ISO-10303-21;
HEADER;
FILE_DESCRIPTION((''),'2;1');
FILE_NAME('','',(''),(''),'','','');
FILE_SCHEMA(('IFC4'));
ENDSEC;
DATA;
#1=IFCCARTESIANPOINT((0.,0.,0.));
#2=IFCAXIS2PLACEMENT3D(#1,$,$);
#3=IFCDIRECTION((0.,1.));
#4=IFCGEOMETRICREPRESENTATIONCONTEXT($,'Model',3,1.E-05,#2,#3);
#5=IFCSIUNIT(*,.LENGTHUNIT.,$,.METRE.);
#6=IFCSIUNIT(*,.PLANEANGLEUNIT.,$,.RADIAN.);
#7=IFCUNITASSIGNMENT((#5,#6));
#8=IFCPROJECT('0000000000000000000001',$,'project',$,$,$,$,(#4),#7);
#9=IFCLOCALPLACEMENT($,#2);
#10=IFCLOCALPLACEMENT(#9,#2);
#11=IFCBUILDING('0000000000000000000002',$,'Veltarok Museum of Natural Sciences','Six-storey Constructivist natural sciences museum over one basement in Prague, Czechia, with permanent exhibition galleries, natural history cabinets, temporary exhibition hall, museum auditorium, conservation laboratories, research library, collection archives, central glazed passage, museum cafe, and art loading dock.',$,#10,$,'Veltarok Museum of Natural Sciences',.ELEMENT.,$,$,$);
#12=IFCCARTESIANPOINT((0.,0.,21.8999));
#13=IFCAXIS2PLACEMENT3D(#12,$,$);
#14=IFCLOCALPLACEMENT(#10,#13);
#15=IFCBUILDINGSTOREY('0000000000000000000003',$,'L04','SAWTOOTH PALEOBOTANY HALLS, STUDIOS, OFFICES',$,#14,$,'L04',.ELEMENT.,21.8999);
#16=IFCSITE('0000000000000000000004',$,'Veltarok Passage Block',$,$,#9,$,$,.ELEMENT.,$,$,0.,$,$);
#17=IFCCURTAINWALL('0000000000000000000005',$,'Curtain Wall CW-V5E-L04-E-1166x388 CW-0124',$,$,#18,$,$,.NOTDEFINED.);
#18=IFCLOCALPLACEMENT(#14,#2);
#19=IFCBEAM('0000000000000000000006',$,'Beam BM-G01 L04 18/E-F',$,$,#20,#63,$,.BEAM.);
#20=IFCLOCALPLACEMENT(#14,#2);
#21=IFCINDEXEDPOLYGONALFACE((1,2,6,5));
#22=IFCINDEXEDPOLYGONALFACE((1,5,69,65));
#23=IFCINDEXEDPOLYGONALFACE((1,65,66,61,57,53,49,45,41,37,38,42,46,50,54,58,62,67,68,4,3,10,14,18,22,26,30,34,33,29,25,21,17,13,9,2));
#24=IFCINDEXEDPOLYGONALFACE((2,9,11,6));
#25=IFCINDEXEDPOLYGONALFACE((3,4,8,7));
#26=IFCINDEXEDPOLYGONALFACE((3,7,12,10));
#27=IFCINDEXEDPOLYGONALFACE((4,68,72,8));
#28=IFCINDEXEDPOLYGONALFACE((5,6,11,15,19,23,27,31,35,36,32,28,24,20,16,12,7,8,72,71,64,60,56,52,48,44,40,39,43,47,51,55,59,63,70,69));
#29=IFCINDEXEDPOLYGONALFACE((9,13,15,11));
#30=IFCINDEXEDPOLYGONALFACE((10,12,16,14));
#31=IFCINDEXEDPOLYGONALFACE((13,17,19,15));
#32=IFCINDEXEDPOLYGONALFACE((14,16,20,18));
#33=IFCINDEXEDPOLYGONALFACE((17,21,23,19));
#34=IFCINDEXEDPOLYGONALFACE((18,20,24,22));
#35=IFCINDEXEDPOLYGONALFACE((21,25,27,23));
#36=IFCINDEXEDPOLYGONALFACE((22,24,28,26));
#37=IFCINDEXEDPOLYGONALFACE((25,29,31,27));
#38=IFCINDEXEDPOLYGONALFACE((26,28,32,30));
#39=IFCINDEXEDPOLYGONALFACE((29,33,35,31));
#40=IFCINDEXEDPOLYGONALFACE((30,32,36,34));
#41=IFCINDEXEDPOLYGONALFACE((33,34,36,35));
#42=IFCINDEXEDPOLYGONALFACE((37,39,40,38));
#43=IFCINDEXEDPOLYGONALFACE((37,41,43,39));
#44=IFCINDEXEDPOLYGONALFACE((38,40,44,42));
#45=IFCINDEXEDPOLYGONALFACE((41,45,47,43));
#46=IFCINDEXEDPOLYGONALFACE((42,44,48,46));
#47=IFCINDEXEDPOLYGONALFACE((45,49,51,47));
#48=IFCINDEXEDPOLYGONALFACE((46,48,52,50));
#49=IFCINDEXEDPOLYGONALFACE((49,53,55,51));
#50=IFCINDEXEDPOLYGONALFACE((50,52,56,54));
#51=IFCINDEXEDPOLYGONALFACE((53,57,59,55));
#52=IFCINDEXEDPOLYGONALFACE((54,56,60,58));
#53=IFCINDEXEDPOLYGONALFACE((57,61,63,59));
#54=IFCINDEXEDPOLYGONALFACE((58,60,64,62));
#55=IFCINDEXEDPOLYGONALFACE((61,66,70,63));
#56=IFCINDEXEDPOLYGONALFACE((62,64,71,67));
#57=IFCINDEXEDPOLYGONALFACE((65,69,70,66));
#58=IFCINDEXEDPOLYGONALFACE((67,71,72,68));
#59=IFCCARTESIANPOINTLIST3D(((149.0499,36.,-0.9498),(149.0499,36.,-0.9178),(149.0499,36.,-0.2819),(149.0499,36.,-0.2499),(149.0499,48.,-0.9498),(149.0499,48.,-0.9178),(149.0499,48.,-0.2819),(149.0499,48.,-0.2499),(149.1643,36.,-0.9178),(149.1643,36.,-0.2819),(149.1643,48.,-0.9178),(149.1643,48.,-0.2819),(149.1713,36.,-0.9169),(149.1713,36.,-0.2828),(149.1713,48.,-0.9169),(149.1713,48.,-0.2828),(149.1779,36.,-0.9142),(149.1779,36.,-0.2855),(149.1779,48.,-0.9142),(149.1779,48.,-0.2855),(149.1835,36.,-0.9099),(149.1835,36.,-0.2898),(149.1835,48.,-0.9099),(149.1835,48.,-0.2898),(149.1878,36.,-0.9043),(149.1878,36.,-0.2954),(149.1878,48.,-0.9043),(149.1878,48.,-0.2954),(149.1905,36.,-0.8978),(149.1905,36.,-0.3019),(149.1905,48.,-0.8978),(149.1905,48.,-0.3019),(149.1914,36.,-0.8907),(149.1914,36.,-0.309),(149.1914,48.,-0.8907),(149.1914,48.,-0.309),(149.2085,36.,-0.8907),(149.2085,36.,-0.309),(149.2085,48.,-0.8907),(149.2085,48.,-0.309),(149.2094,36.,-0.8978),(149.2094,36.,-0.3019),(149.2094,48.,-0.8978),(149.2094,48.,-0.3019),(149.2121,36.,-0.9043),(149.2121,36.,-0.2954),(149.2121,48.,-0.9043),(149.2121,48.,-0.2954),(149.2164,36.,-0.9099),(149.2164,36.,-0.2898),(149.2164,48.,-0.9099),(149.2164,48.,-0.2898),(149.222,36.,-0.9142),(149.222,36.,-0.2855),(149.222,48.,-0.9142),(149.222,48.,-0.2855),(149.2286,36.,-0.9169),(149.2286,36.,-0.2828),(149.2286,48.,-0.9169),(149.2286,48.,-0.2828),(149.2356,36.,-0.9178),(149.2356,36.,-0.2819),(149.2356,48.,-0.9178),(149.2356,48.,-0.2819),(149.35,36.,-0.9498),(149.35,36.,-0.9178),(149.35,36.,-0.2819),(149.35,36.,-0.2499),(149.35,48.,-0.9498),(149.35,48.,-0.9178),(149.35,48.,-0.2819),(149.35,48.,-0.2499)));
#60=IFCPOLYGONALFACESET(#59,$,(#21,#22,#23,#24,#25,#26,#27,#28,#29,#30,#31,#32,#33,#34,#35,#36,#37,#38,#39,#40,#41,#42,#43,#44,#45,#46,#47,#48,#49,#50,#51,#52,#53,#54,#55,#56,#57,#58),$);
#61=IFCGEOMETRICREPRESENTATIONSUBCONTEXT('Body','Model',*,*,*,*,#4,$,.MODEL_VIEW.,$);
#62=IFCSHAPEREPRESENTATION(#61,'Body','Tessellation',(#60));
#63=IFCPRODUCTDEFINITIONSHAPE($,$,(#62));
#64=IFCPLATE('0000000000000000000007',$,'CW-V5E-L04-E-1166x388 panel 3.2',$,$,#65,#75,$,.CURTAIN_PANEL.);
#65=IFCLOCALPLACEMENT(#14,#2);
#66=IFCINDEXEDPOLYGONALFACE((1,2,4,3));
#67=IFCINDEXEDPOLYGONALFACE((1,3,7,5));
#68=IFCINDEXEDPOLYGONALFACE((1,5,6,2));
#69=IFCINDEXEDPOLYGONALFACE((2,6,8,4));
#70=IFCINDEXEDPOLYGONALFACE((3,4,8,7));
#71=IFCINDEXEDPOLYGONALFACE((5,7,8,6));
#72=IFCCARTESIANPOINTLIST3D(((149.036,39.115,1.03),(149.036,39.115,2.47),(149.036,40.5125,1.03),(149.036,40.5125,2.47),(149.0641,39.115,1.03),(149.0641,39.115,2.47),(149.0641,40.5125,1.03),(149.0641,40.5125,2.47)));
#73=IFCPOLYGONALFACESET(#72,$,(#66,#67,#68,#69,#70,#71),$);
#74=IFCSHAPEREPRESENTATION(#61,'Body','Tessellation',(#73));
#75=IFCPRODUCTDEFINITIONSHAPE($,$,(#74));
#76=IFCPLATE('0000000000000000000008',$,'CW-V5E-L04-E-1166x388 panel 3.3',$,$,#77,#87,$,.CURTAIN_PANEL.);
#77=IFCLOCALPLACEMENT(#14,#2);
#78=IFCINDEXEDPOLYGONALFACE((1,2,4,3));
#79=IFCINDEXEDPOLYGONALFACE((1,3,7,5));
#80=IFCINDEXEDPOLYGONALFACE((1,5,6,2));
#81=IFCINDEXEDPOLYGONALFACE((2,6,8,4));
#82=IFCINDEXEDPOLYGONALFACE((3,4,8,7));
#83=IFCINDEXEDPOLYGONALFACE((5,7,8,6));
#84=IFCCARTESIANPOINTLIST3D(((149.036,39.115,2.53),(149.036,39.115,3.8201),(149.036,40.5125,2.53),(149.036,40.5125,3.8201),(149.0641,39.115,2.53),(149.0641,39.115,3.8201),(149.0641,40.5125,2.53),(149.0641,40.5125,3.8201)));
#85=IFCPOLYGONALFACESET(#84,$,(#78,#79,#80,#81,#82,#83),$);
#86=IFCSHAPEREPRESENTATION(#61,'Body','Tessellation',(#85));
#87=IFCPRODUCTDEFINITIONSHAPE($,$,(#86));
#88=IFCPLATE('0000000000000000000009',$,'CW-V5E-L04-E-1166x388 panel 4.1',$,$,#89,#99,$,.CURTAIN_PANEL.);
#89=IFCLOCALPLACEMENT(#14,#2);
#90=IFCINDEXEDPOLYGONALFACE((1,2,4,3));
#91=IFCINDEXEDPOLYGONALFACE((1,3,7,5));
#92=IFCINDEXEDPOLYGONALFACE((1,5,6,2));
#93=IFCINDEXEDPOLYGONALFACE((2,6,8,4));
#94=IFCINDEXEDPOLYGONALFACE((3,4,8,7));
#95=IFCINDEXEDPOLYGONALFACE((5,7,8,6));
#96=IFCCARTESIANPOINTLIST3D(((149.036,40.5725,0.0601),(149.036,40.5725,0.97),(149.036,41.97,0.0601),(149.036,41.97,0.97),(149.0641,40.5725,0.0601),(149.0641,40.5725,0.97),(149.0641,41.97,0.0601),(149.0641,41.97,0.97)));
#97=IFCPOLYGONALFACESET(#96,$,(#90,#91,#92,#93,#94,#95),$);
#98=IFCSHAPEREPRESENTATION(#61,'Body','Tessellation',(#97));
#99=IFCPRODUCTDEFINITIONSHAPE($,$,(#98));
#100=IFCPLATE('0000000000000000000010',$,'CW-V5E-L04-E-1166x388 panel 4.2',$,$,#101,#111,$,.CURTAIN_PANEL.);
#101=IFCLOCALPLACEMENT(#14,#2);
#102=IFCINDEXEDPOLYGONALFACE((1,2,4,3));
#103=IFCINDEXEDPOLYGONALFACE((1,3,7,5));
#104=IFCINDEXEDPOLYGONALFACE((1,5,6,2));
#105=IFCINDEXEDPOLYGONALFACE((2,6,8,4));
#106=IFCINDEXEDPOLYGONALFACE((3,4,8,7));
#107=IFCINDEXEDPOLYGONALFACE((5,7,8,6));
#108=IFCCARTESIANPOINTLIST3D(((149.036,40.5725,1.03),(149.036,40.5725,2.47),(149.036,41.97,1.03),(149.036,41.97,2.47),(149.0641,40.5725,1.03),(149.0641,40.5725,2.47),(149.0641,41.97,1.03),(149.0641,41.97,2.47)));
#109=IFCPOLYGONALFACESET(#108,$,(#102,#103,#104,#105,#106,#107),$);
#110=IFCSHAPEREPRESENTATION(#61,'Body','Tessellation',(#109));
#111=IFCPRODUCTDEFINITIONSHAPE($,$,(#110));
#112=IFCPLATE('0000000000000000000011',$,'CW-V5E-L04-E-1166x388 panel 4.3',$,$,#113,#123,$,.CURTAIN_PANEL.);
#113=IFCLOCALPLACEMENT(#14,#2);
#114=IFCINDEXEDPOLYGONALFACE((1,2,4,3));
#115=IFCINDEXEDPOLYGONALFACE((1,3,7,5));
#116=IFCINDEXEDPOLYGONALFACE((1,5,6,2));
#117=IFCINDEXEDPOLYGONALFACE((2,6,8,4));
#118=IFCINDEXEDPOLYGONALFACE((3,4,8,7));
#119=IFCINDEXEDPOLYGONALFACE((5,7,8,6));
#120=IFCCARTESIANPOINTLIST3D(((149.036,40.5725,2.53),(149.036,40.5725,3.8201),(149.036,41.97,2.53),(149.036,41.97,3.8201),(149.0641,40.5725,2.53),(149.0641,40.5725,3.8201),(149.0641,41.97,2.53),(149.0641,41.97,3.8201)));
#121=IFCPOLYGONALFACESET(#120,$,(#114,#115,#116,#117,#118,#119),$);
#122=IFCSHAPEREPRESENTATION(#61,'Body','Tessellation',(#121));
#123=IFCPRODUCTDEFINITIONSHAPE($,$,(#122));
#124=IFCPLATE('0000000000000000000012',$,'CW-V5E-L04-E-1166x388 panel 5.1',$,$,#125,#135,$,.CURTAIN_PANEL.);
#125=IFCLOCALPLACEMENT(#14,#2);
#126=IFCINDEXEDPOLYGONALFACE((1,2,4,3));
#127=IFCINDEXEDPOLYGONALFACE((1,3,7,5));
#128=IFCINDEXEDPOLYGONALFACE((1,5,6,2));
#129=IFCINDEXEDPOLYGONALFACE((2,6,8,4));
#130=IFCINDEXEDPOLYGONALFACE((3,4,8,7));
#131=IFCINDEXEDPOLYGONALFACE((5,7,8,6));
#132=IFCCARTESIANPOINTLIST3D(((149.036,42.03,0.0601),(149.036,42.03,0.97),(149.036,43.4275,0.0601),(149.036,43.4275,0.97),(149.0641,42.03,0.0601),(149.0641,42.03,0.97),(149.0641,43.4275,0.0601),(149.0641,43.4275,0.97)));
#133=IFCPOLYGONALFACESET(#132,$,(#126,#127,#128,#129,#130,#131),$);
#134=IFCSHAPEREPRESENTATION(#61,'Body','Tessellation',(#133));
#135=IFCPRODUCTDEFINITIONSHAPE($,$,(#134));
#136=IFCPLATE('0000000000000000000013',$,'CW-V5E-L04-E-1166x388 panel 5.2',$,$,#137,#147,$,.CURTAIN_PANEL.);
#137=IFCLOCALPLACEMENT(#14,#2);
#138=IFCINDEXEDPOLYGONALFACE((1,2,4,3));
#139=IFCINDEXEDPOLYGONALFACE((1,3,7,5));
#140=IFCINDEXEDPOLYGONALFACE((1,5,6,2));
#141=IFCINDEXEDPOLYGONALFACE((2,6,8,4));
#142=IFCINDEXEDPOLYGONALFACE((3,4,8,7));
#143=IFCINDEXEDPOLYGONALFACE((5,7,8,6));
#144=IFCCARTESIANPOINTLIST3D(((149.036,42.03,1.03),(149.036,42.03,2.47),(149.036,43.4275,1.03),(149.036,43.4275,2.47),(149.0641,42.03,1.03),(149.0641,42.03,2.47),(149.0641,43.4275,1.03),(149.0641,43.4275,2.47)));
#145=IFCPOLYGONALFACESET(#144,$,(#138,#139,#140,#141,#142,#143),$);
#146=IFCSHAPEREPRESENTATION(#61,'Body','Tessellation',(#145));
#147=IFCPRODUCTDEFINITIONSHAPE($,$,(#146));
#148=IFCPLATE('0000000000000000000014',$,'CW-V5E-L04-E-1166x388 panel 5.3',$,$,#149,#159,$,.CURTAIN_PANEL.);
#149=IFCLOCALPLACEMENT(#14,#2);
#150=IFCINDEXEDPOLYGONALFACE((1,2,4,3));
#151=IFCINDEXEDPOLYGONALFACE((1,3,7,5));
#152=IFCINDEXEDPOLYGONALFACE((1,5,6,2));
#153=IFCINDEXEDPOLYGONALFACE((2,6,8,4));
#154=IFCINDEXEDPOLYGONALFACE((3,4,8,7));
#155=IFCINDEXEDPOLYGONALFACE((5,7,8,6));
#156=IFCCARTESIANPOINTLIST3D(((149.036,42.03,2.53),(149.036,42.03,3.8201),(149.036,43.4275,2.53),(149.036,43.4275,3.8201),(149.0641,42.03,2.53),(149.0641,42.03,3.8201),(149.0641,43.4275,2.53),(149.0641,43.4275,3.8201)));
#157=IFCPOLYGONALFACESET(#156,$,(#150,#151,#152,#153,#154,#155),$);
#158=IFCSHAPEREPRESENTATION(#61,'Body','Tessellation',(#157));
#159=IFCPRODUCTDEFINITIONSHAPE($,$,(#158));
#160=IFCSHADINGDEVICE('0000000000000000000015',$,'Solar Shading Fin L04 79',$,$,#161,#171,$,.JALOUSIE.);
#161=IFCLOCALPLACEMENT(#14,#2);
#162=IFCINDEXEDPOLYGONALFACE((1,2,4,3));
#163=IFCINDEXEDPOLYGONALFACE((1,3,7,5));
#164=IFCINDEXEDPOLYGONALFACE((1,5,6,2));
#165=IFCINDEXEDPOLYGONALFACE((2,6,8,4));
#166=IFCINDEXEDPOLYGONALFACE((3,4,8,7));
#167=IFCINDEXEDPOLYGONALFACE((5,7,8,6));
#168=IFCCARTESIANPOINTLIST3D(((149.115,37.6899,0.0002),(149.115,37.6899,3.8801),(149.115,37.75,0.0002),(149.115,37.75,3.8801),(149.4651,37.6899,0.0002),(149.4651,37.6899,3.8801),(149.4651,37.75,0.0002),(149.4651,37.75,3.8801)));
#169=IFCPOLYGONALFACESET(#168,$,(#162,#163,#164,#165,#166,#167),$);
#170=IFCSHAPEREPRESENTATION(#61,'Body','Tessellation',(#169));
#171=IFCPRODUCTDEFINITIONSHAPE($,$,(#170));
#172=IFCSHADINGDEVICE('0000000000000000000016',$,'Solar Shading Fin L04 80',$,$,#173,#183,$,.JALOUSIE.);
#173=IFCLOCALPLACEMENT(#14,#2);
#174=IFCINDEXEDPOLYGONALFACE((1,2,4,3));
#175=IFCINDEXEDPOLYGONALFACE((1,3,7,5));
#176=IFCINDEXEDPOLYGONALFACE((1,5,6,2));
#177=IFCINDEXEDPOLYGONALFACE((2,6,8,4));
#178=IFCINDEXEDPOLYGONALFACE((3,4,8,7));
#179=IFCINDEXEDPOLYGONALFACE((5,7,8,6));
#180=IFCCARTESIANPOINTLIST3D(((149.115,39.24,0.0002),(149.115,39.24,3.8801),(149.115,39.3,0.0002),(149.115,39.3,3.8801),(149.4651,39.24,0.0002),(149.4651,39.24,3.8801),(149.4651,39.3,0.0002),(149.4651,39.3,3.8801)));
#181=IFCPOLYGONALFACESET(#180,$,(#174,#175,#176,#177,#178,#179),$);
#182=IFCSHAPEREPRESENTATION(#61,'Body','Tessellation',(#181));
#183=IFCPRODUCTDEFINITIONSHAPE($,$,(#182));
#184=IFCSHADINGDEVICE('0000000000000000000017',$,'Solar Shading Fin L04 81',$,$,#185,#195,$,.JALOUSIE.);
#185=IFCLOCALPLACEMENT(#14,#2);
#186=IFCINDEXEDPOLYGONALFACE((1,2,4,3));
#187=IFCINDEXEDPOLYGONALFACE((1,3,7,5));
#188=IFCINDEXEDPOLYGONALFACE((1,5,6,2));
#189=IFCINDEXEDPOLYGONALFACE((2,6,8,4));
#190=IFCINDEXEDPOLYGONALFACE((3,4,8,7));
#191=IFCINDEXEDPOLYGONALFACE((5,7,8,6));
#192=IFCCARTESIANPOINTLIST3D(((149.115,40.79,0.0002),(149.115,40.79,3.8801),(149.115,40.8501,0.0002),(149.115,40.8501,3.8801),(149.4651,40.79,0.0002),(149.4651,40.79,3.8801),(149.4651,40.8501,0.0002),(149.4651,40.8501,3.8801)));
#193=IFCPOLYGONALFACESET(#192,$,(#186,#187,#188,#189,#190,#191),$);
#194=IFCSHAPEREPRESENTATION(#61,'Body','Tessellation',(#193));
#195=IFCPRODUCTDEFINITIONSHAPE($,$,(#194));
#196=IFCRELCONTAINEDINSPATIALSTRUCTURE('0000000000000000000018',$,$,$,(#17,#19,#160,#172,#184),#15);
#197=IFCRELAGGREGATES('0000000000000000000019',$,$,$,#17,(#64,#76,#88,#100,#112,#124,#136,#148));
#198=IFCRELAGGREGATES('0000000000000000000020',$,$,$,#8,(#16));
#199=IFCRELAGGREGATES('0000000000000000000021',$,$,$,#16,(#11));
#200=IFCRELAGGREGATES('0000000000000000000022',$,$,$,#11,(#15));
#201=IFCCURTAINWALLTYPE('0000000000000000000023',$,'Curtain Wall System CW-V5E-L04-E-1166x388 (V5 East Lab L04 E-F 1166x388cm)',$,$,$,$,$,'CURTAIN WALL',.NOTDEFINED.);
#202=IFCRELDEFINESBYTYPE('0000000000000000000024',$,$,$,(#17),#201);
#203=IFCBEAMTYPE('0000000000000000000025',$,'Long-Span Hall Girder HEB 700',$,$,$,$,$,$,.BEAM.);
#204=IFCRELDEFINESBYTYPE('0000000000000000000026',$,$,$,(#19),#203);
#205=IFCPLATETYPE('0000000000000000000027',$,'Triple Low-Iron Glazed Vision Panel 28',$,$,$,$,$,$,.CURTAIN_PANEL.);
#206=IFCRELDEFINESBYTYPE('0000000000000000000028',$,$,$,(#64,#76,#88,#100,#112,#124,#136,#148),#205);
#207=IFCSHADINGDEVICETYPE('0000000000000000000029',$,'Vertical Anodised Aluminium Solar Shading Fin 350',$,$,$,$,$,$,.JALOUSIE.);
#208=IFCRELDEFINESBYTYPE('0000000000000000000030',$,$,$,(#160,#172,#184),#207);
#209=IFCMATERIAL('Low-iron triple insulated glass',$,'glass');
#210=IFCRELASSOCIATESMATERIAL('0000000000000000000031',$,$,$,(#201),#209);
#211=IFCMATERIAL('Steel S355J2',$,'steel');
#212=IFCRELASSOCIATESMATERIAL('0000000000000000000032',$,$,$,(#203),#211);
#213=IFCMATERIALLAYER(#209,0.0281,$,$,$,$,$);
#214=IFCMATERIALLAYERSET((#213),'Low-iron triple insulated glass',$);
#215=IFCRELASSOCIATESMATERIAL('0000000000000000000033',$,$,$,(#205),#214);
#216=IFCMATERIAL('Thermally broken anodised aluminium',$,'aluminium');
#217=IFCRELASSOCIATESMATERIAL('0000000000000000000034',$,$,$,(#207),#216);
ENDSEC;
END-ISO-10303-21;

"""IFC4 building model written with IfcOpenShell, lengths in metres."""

from ifc_helpers import new_model, si_unit, direction, frame, origin, origin_2d, place, context, subcontext, project, spatial, rectangle, i_section, extrude, material, layer, layer_set, material_profile, profile_set, type_object, element, aggregate, save


model = new_model("IFC4")

# Units and contexts
model_context = context("Model", 3, precision=1e-05, world=origin(), true_north=direction((0.0, 1.0)))
body_context = subcontext(model_context, "Body", "Model", "MODEL_VIEW")
ifc_project = project(units=[si_unit("LENGTHUNIT", "METRE"), si_unit("PLANEANGLEUNIT", "RADIAN")], contexts=[model_context])

# Site, building, storey
site_placement = place(None, origin())
site = spatial("IfcSite", under=ifc_project, at=site_placement, Name="Veltarok Passage Block", CompositionType="ELEMENT", RefElevation=0.0)
building_placement = place(site_placement, origin())
building = spatial("IfcBuilding", under=site, at=building_placement, Name="Veltarok Museum of Natural Sciences", Description="Six-storey Constructivist natural sciences museum over one basement in Prague, Czechia, with permanent exhibition galleries, natural history cabinets, temporary exhibition hall, museum auditorium, conservation laboratories, research library, collection archives, central glazed passage, museum cafe, and art loading dock.", LongName="Veltarok Museum of Natural Sciences", CompositionType="ELEMENT")
storey_placement = place(building_placement, frame((0.0, 0.0, 21.8999)))
storey = spatial("IfcBuildingStorey", under=building, at=storey_placement, Name="L04", Description="SAWTOOTH PALEOBOTANY HALLS, STUDIOS, OFFICES", LongName="L04", CompositionType="ELEMENT", Elevation=21.8999)

# Shared definitions
ifc_material_1 = material(Name="Steel S355J2", Category="steel")

# Curtain wall
ifc_material_2 = material(Name="Low-iron triple insulated glass", Category="glass")
curtain_wall_type = type_object("IfcCurtainWallType", Name="Curtain Wall System CW-V5E-L04-E-1166x388 (V5 East Lab L04 E-F 1166x388cm)", ElementType="CURTAIN WALL", PredefinedType="NOTDEFINED", material=ifc_material_2)
curtain_wall_placement = place(storey_placement, origin())
curtain_wall = element("IfcCurtainWall", 1, at=curtain_wall_placement, inside=storey, type_object=curtain_wall_type, Name="Curtain Wall CW-V5E-L04-E-1166x388 CW-0124", PredefinedType="NOTDEFINED")
ifc_material_3 = material(Name="Thermally broken anodised aluminium", Category="aluminium")

# Beam
ifc_material_profile_1 = material_profile(ifc_material_1, i_section(OverallWidth=0.3, OverallDepth=0.7, WebThickness=0.0171, FlangeThickness=0.032, FilletRadius=0.0271, at=origin_2d()), Name="HEB 700")
ifc_profile_set_1 = profile_set([ifc_material_profile_1], Name="Steel S355J2")
beam_type_1 = type_object("IfcBeamType", Name="Long-Span Hall Girder HEB 700", PredefinedType="BEAM", material=ifc_profile_set_1)
beam_1_placement = place(storey_placement, frame((149.2, 36.0, -0.5999), z_axis=(0.0, 1.0, 0.0), x_axis=(-1.0, 0.0, 0.0)))
element("IfcBeam", 2, at=beam_1_placement, inside=storey, type_object=beam_type_1, Name="Beam BM-G01 L04 18/E-F", PredefinedType="BEAM", context=body_context, shape_type="SweptSolid", body=[
    extrude(i_section(OverallWidth=0.3, OverallDepth=0.7, WebThickness=0.0171, FlangeThickness=0.032, FilletRadius=0.0271, at=origin_2d()), origin(), (0.0, 0.0, 1.0), 12.0),
])

# Plates
ifc_layer = layer(ifc_material_2, 0.0281)
ifc_layer_set = layer_set([ifc_layer], Name="Low-iron triple insulated glass")
plate_type = type_object("IfcPlateType", Name="Triple Low-Iron Glazed Vision Panel 28", PredefinedType="CURTAIN_PANEL", material=ifc_layer_set)
plate_1_placement = place(storey_placement, frame((149.05, 39.8137, 1.03), z_axis=(0.0, 0.0, 1.0), x_axis=(0.0, 1.0, 0.0)))
plate_1 = element("IfcPlate", 3, at=plate_1_placement, type_object=plate_type, Name="CW-V5E-L04-E-1166x388 panel 3.2", PredefinedType="CURTAIN_PANEL", context=body_context, shape_type="SweptSolid", body=[
    extrude(rectangle(XDim=1.3975, YDim=0.0281, at=origin_2d()), origin(), (0.0, 0.0, 1.0), 1.4399),
])
plate_2_placement = place(storey_placement, frame((149.05, 39.8137, 2.53), z_axis=(0.0, 0.0, 1.0), x_axis=(0.0, 1.0, 0.0)))
plate_2 = element("IfcPlate", 4, at=plate_2_placement, type_object=plate_type, Name="CW-V5E-L04-E-1166x388 panel 3.3", PredefinedType="CURTAIN_PANEL", context=body_context, shape_type="SweptSolid", body=[
    extrude(rectangle(XDim=1.3975, YDim=0.0281, at=origin_2d()), origin(), (0.0, 0.0, 1.0), 1.29),
])
plate_3_placement = place(storey_placement, frame((149.05, 41.2712, 0.0601), z_axis=(0.0, 0.0, 1.0), x_axis=(0.0, 1.0, 0.0)))
plate_3 = element("IfcPlate", 5, at=plate_3_placement, type_object=plate_type, Name="CW-V5E-L04-E-1166x388 panel 4.1", PredefinedType="CURTAIN_PANEL", context=body_context, shape_type="SweptSolid", body=[
    extrude(rectangle(XDim=1.3975, YDim=0.0281, at=origin_2d()), origin(), (0.0, 0.0, 1.0), 0.9099),
])
plate_4_placement = place(storey_placement, frame((149.05, 41.2712, 1.03), z_axis=(0.0, 0.0, 1.0), x_axis=(0.0, 1.0, 0.0)))
plate_4 = element("IfcPlate", 6, at=plate_4_placement, type_object=plate_type, Name="CW-V5E-L04-E-1166x388 panel 4.2", PredefinedType="CURTAIN_PANEL", context=body_context, shape_type="SweptSolid", body=[
    extrude(rectangle(XDim=1.3975, YDim=0.0281, at=origin_2d()), origin(), (0.0, 0.0, 1.0), 1.4399),
])
plate_5_placement = place(storey_placement, frame((149.05, 41.2712, 2.53), z_axis=(0.0, 0.0, 1.0), x_axis=(0.0, 1.0, 0.0)))
plate_5 = element("IfcPlate", 7, at=plate_5_placement, type_object=plate_type, Name="CW-V5E-L04-E-1166x388 panel 4.3", PredefinedType="CURTAIN_PANEL", context=body_context, shape_type="SweptSolid", body=[
    extrude(rectangle(XDim=1.3975, YDim=0.0281, at=origin_2d()), origin(), (0.0, 0.0, 1.0), 1.29),
])
plate_6_placement = place(storey_placement, frame((149.05, 42.7288, 0.0601), z_axis=(0.0, 0.0, 1.0), x_axis=(0.0, 1.0, 0.0)))
plate_6 = element("IfcPlate", 8, at=plate_6_placement, type_object=plate_type, Name="CW-V5E-L04-E-1166x388 panel 5.1", PredefinedType="CURTAIN_PANEL", context=body_context, shape_type="SweptSolid", body=[
    extrude(rectangle(XDim=1.3975, YDim=0.0281, at=origin_2d()), origin(), (0.0, 0.0, 1.0), 0.9099),
])
plate_7_placement = place(storey_placement, frame((149.05, 42.7288, 1.03), z_axis=(0.0, 0.0, 1.0), x_axis=(0.0, 1.0, 0.0)))
plate_7 = element("IfcPlate", 9, at=plate_7_placement, type_object=plate_type, Name="CW-V5E-L04-E-1166x388 panel 5.2", PredefinedType="CURTAIN_PANEL", context=body_context, shape_type="SweptSolid", body=[
    extrude(rectangle(XDim=1.3975, YDim=0.0281, at=origin_2d()), origin(), (0.0, 0.0, 1.0), 1.4399),
])
plate_8_placement = place(storey_placement, frame((149.05, 42.7288, 2.53), z_axis=(0.0, 0.0, 1.0), x_axis=(0.0, 1.0, 0.0)))
plate_8 = element("IfcPlate", 10, at=plate_8_placement, type_object=plate_type, Name="CW-V5E-L04-E-1166x388 panel 5.3", PredefinedType="CURTAIN_PANEL", context=body_context, shape_type="SweptSolid", body=[
    extrude(rectangle(XDim=1.3975, YDim=0.0281, at=origin_2d()), origin(), (0.0, 0.0, 1.0), 1.29),
])
aggregate(curtain_wall, [plate_1, plate_2, plate_3, plate_4, plate_5, plate_6, plate_7, plate_8])

# Shading devices
shading_device_type = type_object("IfcShadingDeviceType", Name="Vertical Anodised Aluminium Solar Shading Fin 350", PredefinedType="JALOUSIE", material=ifc_material_3)
for number, where, z_axis, x_axis, name in (
    (11, (149.29, 37.72, 0.0002), (0.0, 0.0, 1.0), (1.0, 0.0, 0.0), "Solar Shading Fin L04 79"),
    (12, (149.29, 39.27, 0.0002), (0.0, 0.0, 1.0), (1.0, 0.0, 0.0), "Solar Shading Fin L04 80"),
    (13, (149.29, 40.8201, 0.0002), (0.0, 0.0, 1.0), (1.0, 0.0, 0.0), "Solar Shading Fin L04 81"),
):
    element("IfcShadingDevice", number, at=place(storey_placement, frame(where, z_axis=z_axis, x_axis=x_axis)), inside=storey, type_object=shading_device_type, Name=name, PredefinedType="JALOUSIE", context=body_context, shape_type="SweptSolid", body=[
        extrude(rectangle(XDim=0.3501, YDim=0.0601, at=origin_2d()), origin(), (0.0, 0.0, 1.0), 3.8799),
    ])

save(model, "model.ifc")
